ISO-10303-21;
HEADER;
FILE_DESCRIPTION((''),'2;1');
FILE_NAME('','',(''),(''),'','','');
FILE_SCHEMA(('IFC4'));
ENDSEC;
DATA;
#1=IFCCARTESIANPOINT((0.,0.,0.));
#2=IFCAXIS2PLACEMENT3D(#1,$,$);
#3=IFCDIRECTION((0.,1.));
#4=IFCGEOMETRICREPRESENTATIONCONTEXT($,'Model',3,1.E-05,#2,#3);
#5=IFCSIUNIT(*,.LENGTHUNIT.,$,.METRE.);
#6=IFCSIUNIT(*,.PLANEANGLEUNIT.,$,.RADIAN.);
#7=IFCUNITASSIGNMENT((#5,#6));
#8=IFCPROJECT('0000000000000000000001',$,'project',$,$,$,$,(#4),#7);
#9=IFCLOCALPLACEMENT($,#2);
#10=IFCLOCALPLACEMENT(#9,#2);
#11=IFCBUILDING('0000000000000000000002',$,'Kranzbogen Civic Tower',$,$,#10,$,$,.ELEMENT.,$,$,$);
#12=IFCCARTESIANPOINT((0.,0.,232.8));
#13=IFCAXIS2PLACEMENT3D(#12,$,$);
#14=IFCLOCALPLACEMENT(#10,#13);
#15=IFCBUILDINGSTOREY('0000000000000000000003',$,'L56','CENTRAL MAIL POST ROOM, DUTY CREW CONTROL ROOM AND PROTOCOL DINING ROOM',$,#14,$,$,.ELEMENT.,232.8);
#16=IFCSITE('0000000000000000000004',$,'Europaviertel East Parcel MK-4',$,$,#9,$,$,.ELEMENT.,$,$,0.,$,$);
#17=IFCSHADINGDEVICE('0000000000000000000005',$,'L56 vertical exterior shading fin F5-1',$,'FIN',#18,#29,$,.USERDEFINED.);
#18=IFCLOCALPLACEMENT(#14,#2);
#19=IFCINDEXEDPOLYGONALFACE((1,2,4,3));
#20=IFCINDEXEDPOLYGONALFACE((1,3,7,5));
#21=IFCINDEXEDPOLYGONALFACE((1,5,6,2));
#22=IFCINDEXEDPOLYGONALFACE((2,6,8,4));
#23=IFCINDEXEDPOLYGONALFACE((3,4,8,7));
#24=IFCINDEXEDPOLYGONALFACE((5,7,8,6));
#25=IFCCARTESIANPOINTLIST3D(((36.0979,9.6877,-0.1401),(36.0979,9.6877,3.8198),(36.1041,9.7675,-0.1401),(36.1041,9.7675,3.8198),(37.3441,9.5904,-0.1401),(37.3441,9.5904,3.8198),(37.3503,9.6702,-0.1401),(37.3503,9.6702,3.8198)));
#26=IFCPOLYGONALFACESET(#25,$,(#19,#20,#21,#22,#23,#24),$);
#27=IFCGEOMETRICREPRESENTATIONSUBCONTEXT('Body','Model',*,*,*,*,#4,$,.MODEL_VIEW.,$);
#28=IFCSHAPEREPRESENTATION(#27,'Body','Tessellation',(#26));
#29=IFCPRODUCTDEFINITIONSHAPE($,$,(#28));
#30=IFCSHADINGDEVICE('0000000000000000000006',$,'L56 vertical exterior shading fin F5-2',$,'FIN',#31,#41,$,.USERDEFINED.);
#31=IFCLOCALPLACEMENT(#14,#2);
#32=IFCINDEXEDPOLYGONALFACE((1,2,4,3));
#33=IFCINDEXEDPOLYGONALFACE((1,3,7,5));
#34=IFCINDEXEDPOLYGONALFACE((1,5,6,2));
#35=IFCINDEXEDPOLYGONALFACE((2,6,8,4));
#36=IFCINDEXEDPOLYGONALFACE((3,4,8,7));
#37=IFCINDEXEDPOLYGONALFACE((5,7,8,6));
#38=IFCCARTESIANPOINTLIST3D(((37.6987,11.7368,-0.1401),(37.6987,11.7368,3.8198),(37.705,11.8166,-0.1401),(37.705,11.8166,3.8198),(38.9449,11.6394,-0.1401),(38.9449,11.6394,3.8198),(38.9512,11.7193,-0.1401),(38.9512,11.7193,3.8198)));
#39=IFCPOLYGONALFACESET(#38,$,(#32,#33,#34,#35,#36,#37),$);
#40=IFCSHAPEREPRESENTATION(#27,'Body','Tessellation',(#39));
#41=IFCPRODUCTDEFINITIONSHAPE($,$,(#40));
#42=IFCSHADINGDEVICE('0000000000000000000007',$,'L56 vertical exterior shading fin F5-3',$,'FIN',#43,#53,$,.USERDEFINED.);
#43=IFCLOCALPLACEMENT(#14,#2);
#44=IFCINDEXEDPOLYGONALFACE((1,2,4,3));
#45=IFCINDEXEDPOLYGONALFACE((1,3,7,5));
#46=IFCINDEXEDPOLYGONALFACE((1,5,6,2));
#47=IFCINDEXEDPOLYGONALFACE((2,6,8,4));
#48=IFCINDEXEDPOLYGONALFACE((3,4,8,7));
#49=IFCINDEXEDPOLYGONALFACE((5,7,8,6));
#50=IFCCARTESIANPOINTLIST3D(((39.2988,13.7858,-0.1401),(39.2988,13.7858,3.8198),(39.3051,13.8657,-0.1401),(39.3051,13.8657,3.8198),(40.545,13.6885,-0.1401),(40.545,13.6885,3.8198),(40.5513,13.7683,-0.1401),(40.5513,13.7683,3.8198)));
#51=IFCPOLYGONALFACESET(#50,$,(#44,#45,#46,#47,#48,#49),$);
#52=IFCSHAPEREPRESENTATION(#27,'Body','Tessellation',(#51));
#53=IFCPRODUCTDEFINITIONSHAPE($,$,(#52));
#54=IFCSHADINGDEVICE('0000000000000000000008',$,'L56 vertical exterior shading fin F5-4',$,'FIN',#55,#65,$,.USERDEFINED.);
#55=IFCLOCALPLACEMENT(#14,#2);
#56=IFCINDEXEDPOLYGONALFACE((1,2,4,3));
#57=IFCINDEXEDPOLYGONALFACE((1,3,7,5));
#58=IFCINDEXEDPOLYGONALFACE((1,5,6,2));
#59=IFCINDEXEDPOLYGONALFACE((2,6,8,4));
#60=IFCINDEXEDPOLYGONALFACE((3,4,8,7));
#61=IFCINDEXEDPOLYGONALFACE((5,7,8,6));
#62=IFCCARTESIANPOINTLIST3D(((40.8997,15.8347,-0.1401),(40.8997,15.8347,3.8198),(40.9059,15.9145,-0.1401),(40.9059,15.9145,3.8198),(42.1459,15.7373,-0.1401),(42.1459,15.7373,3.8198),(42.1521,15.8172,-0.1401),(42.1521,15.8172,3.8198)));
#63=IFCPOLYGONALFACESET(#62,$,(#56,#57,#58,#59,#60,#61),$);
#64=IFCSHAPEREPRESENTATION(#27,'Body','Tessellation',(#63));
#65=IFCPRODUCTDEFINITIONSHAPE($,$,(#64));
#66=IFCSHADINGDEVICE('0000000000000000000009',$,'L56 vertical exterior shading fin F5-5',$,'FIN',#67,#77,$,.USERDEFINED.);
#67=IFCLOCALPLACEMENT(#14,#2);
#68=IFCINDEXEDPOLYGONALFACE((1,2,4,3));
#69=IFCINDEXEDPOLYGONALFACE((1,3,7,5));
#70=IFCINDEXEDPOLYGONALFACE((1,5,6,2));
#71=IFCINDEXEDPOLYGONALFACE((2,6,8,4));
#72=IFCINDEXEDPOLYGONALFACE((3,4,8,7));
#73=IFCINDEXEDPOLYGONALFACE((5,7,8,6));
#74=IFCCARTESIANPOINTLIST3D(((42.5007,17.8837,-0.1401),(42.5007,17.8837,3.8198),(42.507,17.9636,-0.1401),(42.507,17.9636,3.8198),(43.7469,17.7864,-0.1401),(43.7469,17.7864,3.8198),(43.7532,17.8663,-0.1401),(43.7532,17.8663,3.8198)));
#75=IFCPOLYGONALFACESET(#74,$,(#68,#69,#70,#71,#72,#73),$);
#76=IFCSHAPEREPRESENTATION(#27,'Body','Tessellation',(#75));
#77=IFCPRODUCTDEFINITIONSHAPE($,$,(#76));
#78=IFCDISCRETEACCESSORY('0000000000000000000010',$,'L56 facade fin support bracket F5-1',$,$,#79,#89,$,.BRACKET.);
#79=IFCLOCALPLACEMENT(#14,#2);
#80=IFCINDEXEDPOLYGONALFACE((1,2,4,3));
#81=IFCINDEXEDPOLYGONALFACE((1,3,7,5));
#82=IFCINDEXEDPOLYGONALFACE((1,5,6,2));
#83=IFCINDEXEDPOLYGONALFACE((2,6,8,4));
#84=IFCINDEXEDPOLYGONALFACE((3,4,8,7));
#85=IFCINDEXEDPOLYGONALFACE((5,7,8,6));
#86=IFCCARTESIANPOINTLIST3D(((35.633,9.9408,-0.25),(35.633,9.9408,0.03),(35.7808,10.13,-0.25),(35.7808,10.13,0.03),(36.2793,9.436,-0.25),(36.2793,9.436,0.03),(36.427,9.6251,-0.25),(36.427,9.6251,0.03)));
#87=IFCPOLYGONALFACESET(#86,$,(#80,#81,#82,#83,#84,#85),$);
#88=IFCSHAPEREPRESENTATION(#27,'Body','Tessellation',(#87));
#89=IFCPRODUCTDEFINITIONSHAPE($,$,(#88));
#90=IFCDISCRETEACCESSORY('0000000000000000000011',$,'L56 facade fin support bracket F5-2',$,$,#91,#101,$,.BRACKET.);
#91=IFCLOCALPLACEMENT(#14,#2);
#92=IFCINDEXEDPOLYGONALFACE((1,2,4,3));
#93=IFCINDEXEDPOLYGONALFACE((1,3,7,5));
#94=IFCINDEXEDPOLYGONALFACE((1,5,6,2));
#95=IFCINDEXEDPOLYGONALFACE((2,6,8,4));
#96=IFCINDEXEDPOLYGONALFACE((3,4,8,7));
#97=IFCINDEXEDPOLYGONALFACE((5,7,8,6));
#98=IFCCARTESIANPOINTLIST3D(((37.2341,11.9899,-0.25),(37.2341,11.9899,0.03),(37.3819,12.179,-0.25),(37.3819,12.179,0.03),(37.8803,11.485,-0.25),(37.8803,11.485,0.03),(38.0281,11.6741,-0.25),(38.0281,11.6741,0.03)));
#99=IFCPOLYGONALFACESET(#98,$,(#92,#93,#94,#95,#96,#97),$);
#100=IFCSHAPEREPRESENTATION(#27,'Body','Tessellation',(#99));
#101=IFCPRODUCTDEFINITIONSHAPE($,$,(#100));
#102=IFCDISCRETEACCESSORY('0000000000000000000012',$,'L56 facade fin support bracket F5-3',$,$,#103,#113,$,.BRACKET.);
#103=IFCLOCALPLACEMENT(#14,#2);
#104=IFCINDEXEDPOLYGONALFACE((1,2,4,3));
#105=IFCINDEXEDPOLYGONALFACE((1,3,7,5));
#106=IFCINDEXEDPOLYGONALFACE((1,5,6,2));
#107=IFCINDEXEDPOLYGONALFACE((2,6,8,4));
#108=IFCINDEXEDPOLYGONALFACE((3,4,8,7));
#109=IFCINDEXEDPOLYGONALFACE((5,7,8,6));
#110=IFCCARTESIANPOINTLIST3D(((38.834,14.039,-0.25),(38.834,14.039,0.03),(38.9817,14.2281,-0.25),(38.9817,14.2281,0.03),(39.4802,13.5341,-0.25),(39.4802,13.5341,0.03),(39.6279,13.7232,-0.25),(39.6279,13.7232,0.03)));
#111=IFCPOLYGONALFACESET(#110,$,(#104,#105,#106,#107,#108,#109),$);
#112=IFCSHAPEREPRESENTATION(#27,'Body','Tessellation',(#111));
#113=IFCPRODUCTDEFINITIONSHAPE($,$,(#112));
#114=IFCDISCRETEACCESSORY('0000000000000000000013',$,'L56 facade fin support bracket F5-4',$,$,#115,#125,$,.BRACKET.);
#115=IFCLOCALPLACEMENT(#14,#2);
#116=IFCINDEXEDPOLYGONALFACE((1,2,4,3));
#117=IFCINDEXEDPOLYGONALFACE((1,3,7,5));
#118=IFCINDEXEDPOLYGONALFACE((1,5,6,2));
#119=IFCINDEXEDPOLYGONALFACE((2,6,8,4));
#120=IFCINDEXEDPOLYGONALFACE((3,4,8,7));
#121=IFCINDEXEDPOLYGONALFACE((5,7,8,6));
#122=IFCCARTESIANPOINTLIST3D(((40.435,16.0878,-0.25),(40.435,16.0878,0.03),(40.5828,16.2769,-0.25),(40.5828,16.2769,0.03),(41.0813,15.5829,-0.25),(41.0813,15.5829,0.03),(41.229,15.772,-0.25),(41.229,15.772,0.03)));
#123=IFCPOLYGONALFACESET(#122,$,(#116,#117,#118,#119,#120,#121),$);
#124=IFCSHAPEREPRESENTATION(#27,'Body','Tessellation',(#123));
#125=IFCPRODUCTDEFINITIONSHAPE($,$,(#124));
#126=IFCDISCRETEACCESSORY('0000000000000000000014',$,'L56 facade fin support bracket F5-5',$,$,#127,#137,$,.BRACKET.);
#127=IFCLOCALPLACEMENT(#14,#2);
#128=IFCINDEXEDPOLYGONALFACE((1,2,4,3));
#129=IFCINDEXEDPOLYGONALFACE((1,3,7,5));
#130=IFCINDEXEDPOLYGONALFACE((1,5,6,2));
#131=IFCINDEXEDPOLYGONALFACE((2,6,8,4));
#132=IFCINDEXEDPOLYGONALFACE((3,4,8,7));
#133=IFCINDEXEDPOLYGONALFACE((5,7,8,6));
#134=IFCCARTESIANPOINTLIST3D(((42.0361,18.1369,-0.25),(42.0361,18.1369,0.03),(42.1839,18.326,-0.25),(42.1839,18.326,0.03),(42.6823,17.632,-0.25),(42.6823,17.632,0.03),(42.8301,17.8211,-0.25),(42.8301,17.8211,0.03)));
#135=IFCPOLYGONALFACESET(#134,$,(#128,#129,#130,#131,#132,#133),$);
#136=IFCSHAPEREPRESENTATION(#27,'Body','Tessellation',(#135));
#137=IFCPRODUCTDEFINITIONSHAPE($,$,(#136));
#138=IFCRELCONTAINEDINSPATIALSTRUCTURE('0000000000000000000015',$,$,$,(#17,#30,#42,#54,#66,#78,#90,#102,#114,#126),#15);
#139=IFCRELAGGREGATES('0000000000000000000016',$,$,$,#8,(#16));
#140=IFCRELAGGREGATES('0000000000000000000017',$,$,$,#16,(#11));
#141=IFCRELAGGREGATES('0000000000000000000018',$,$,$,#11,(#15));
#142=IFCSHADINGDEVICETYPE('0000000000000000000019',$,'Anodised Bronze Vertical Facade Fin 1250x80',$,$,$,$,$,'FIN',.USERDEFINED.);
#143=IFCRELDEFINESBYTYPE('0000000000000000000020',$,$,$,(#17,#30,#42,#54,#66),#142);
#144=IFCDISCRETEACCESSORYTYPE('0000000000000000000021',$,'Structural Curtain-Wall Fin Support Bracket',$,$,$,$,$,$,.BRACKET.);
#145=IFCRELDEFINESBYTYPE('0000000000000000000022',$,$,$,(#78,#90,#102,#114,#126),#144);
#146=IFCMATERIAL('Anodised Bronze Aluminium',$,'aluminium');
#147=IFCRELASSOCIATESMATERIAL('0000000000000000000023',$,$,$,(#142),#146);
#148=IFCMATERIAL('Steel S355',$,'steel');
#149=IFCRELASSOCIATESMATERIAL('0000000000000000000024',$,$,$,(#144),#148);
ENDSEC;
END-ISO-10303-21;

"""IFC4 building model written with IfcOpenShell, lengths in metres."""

from ifc_helpers import new_model, si_unit, direction, frame, origin, origin_2d, place, context, subcontext, project, spatial, rectangle, extrude, material, type_object, element, save


model = new_model("IFC4")

# Units and contexts
model_context = context("Model", 3, precision=1e-05, world=origin(), true_north=direction((0.0, 1.0)))
body_context = subcontext(model_context, "Body", "Model", "MODEL_VIEW")
ifc_project = project(units=[si_unit("LENGTHUNIT", "METRE"), si_unit("PLANEANGLEUNIT", "RADIAN")], contexts=[model_context])

# Site, building, storey
site_placement = place(None, origin())
site = spatial("IfcSite", under=ifc_project, at=site_placement, Name="Europaviertel East Parcel MK-4", CompositionType="ELEMENT", RefElevation=0.0)
building_placement = place(site_placement, origin())
building = spatial("IfcBuilding", under=site, at=building_placement, Name="Kranzbogen Civic Tower", CompositionType="ELEMENT")
storey_placement = place(building_placement, frame((0.0, 0.0, 232.8)))
storey = spatial("IfcBuildingStorey", under=building, at=storey_placement, Name="L56", Description="CENTRAL MAIL POST ROOM, DUTY CREW CONTROL ROOM AND PROTOCOL DINING ROOM", CompositionType="ELEMENT", Elevation=232.8)

# Shared definitions
ifc_material_1 = material(Name="Steel S355", Category="steel")

# Shading devices
ifc_material_2 = material(Name="Anodised Bronze Aluminium", Category="aluminium")
shading_device_type = type_object("IfcShadingDeviceType", Name="Anodised Bronze Vertical Facade Fin 1250x80", ElementType="FIN", PredefinedType="USERDEFINED", material=ifc_material_2)
for number, where, z_axis, x_axis, name in (
    (1, (36.7241, 9.679, -0.1401), (0.0, 0.0, 1.0), (0.996964, -0.077867, 0.0), "L56 vertical exterior shading fin F5-1"),
    (2, (38.325, 11.728, -0.1401), (0.0, 0.0, 1.0), (0.996964, -0.077867, 0.0), "L56 vertical exterior shading fin F5-2"),
    (3, (39.925, 13.7771, -0.1401), (0.0, 0.0, 1.0), (0.996964, -0.077867, 0.0), "L56 vertical exterior shading fin F5-3"),
    (4, (41.5259, 15.8259, -0.1401), (0.0, 0.0, 1.0), (0.996964, -0.077867, 0.0), "L56 vertical exterior shading fin F5-4"),
    (5, (43.127, 17.875, -0.1401), (0.0, 0.0, 1.0), (0.996964, -0.077867, 0.0), "L56 vertical exterior shading fin F5-5"),
):
    element("IfcShadingDevice", number, at=place(storey_placement, frame(where, z_axis=z_axis, x_axis=x_axis)), inside=storey, type_object=shading_device_type, Name=name, ObjectType="FIN", PredefinedType="USERDEFINED", context=body_context, shape_type="SweptSolid", body=[
        extrude(rectangle(XDim=1.25, YDim=0.0801, at=origin_2d()), origin(), (0.0, 0.0, 1.0), 3.96),
    ])

# Discrete accessories
discrete_accessory_type = type_object("IfcDiscreteAccessoryType", Name="Structural Curtain-Wall Fin Support Bracket", PredefinedType="BRACKET", material=ifc_material_1)
for number, where, z_axis, x_axis, name in (
    (6, (36.03, 9.783, -0.25), (0.0, 0.0, 1.0), (0.788011, -0.615661, 0.0), "L56 facade fin support bracket F5-1"),
    (7, (37.6311, 11.832, -0.25), (0.0, 0.0, 1.0), (0.788011, -0.615661, 0.0), "L56 facade fin support bracket F5-2"),
    (8, (39.231, 13.8811, -0.25), (0.0, 0.0, 1.0), (0.788011, -0.615661, 0.0), "L56 facade fin support bracket F5-3"),
    (9, (40.832, 15.9299, -0.25), (0.0, 0.0, 1.0), (0.788011, -0.615661, 0.0), "L56 facade fin support bracket F5-4"),
    (10, (42.4331, 17.979, -0.25), (0.0, 0.0, 1.0), (0.788011, -0.615661, 0.0), "L56 facade fin support bracket F5-5"),
):
    element("IfcDiscreteAccessory", number, at=place(storey_placement, frame(where, z_axis=z_axis, x_axis=x_axis)), inside=storey, type_object=discrete_accessory_type, Name=name, PredefinedType="BRACKET", context=body_context, shape_type="SweptSolid", body=[
        extrude(rectangle(XDim=0.8201, YDim=0.24, at=origin_2d()), origin(), (0.0, 0.0, 1.0), 0.28),
    ])

save(model, "model.ifc")
